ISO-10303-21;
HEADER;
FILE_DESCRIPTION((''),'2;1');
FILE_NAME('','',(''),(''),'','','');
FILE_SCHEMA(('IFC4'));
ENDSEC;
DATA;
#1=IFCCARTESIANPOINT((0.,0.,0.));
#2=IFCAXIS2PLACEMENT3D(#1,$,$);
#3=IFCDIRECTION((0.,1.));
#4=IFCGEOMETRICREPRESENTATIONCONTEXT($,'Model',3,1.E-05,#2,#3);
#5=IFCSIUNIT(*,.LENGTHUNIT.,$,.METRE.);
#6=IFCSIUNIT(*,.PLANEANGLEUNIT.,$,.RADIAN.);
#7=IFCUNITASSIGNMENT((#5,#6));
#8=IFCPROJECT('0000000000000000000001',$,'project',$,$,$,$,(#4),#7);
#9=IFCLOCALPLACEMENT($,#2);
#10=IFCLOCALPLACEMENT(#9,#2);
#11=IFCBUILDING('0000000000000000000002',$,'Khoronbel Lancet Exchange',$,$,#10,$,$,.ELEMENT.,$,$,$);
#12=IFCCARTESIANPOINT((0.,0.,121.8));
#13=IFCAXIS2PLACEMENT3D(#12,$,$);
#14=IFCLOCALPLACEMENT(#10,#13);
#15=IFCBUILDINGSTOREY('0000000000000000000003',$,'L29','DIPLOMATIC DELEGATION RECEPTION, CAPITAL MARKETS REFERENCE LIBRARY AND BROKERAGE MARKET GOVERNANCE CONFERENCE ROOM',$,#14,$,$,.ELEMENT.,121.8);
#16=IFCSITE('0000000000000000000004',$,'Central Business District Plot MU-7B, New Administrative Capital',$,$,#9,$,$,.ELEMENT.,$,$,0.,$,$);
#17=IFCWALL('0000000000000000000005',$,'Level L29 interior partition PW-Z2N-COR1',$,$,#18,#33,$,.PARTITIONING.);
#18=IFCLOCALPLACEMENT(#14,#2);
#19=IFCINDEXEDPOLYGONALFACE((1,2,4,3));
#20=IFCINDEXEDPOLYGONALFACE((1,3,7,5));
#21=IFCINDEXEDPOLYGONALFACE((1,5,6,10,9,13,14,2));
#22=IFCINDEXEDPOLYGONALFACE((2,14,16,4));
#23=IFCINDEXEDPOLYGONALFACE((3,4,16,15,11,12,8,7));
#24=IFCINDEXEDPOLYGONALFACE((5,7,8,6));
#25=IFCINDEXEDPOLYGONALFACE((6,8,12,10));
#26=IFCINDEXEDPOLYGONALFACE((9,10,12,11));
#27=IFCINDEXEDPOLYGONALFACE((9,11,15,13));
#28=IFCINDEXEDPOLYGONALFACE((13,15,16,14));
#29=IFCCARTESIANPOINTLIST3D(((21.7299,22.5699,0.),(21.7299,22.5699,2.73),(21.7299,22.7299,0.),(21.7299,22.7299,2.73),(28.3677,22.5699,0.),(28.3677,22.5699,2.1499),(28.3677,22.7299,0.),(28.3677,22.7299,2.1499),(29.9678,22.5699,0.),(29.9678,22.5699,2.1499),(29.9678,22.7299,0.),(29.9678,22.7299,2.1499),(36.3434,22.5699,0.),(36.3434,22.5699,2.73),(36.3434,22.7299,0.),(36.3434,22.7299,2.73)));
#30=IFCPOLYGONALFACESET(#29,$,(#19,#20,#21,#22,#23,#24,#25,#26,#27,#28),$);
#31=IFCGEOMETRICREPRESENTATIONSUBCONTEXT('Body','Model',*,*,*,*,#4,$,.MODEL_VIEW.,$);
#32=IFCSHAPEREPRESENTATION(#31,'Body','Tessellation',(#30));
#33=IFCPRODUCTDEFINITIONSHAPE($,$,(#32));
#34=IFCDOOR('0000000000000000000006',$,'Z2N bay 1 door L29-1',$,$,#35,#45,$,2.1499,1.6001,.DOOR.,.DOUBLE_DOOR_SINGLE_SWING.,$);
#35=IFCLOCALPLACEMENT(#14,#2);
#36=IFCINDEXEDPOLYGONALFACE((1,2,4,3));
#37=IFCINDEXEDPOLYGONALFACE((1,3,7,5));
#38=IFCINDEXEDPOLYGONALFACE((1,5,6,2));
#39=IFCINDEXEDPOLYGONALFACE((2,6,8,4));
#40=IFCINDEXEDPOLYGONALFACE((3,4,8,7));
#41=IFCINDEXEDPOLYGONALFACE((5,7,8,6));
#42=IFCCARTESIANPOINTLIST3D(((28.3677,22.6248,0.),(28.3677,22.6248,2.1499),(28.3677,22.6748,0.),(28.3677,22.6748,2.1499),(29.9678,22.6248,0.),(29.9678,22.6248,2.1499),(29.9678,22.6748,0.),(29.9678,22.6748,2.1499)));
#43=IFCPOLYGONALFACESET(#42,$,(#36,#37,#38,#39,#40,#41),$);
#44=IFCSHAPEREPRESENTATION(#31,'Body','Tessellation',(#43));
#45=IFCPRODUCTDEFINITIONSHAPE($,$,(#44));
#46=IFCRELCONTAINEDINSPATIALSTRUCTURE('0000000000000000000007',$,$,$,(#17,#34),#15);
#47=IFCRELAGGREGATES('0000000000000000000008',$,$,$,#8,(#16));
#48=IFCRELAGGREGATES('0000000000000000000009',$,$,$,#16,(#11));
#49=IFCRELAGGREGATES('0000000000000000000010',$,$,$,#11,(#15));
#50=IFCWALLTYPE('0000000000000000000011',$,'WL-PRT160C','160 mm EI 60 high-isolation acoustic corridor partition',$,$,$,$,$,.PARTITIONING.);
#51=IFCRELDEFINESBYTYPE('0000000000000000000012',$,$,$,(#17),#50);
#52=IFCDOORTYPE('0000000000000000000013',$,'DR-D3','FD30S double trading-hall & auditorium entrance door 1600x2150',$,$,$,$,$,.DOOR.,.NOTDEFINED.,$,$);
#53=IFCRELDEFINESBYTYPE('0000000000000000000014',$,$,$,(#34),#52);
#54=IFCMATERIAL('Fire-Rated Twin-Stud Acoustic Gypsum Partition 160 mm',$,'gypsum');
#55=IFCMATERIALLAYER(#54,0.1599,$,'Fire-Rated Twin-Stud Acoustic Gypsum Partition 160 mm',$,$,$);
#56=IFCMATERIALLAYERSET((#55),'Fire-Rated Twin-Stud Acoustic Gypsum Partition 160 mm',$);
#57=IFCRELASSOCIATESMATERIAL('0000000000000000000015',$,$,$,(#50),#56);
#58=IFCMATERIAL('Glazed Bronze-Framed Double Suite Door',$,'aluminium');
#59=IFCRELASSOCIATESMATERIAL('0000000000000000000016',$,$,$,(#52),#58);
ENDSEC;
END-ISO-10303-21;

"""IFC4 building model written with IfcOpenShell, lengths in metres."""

from ifc_helpers import new_model, si_unit, direction, frame, frame_2d, origin, place, context, subcontext, project, spatial, rectangle, extrude, material, layer, layer_set, type_object, element, fill, save


model = new_model("IFC4")

# Units and contexts
model_context = context("Model", 3, precision=1e-05, world=origin(), true_north=direction((0.0, 1.0)))
body_context = subcontext(model_context, "Body", "Model", "MODEL_VIEW")
ifc_project = project(units=[si_unit("LENGTHUNIT", "METRE"), si_unit("PLANEANGLEUNIT", "RADIAN")], contexts=[model_context])

# Site, building, storey
site_placement = place(None, origin())
site = spatial("IfcSite", under=ifc_project, at=site_placement, Name="Central Business District Plot MU-7B, New Administrative Capital", CompositionType="ELEMENT", RefElevation=0.0)
building_placement = place(site_placement, origin())
building = spatial("IfcBuilding", under=site, at=building_placement, Name="Khoronbel Lancet Exchange", CompositionType="ELEMENT")
storey_placement = place(building_placement, frame((0.0, 0.0, 121.8)))
storey = spatial("IfcBuildingStorey", under=building, at=storey_placement, Name="L29", Description="DIPLOMATIC DELEGATION RECEPTION, CAPITAL MARKETS REFERENCE LIBRARY AND BROKERAGE MARKET GOVERNANCE CONFERENCE ROOM", CompositionType="ELEMENT", Elevation=121.8)

# Wall, opening, door
ifc_material_1 = material(Name="Fire-Rated Twin-Stud Acoustic Gypsum Partition 160 mm", Category="gypsum")
ifc_layer_1 = layer(ifc_material_1, 0.1599, Name="Fire-Rated Twin-Stud Acoustic Gypsum Partition 160 mm")
ifc_layer_set_1 = layer_set([ifc_layer_1], Name="Fire-Rated Twin-Stud Acoustic Gypsum Partition 160 mm")
wall_type_1 = type_object("IfcWallType", Name="WL-PRT160C", Description="160 mm EI 60 high-isolation acoustic corridor partition", PredefinedType="PARTITIONING", material=ifc_layer_set_1)
ifc_material_2 = material(Name="Glazed Bronze-Framed Double Suite Door", Category="aluminium")
door_type_1 = type_object("IfcDoorType", Name="DR-D3", Description="FD30S double trading-hall & auditorium entrance door 1600x2150", OperationType="NOTDEFINED", PredefinedType="DOOR", material=ifc_material_2)
wall_1_placement = place(storey_placement, frame((21.73, 22.6499, 0.0), z_axis=(0.0, 0.0, 1.0), x_axis=(1.0, 0.0, 0.0)))
wall_1 = element("IfcWall", 1, at=wall_1_placement, inside=storey, type_object=wall_type_1, Name="Level L29 interior partition PW-Z2N-COR1", PredefinedType="PARTITIONING", context=body_context, shape_type="SweptSolid", body=[
    extrude(rectangle(XDim=14.6135, YDim=0.1599, at=frame_2d((7.3066, 0.0))), origin(), (0.0, 0.0, 1.0), 2.73),
])
opening_1_placement = place(wall_1_placement, frame((6.6377, 0.0, 0.0)))
opening_1 = element("IfcOpeningElement", 2, at=opening_1_placement, cuts=wall_1, PredefinedType="OPENING", context=body_context, shape_type="SweptSolid", body=[
    extrude(rectangle(XDim=1.6001, YDim=2.1499, at=frame_2d((0.8, 1.075))), frame((0.0, 0.0898, 0.0), z_axis=(0.0, -1.0, 0.0), x_axis=(1.0, 0.0, 0.0)), (0.0, 0.0, 1.0), 0.1799),
])
door_1_placement = place(opening_1_placement, origin())
door_1 = element("IfcDoor", 3, at=door_1_placement, inside=storey, type_object=door_type_1, Name="Z2N bay 1 door L29-1", OperationType="DOUBLE_DOOR_SINGLE_SWING", OverallHeight=2.1499, OverallWidth=1.6001, PredefinedType="DOOR", context=body_context, shape_type="SweptSolid", body=[
    extrude(rectangle(XDim=1.6001, YDim=2.1499, at=frame_2d((0.8, 1.075))), frame((0.0, 0.0249, 0.0), z_axis=(0.0, -1.0, 0.0), x_axis=(1.0, 0.0, 0.0)), (0.0, 0.0, 1.0), 0.05),
])
fill(opening_1, door_1)

save(model, "model.ifc")
